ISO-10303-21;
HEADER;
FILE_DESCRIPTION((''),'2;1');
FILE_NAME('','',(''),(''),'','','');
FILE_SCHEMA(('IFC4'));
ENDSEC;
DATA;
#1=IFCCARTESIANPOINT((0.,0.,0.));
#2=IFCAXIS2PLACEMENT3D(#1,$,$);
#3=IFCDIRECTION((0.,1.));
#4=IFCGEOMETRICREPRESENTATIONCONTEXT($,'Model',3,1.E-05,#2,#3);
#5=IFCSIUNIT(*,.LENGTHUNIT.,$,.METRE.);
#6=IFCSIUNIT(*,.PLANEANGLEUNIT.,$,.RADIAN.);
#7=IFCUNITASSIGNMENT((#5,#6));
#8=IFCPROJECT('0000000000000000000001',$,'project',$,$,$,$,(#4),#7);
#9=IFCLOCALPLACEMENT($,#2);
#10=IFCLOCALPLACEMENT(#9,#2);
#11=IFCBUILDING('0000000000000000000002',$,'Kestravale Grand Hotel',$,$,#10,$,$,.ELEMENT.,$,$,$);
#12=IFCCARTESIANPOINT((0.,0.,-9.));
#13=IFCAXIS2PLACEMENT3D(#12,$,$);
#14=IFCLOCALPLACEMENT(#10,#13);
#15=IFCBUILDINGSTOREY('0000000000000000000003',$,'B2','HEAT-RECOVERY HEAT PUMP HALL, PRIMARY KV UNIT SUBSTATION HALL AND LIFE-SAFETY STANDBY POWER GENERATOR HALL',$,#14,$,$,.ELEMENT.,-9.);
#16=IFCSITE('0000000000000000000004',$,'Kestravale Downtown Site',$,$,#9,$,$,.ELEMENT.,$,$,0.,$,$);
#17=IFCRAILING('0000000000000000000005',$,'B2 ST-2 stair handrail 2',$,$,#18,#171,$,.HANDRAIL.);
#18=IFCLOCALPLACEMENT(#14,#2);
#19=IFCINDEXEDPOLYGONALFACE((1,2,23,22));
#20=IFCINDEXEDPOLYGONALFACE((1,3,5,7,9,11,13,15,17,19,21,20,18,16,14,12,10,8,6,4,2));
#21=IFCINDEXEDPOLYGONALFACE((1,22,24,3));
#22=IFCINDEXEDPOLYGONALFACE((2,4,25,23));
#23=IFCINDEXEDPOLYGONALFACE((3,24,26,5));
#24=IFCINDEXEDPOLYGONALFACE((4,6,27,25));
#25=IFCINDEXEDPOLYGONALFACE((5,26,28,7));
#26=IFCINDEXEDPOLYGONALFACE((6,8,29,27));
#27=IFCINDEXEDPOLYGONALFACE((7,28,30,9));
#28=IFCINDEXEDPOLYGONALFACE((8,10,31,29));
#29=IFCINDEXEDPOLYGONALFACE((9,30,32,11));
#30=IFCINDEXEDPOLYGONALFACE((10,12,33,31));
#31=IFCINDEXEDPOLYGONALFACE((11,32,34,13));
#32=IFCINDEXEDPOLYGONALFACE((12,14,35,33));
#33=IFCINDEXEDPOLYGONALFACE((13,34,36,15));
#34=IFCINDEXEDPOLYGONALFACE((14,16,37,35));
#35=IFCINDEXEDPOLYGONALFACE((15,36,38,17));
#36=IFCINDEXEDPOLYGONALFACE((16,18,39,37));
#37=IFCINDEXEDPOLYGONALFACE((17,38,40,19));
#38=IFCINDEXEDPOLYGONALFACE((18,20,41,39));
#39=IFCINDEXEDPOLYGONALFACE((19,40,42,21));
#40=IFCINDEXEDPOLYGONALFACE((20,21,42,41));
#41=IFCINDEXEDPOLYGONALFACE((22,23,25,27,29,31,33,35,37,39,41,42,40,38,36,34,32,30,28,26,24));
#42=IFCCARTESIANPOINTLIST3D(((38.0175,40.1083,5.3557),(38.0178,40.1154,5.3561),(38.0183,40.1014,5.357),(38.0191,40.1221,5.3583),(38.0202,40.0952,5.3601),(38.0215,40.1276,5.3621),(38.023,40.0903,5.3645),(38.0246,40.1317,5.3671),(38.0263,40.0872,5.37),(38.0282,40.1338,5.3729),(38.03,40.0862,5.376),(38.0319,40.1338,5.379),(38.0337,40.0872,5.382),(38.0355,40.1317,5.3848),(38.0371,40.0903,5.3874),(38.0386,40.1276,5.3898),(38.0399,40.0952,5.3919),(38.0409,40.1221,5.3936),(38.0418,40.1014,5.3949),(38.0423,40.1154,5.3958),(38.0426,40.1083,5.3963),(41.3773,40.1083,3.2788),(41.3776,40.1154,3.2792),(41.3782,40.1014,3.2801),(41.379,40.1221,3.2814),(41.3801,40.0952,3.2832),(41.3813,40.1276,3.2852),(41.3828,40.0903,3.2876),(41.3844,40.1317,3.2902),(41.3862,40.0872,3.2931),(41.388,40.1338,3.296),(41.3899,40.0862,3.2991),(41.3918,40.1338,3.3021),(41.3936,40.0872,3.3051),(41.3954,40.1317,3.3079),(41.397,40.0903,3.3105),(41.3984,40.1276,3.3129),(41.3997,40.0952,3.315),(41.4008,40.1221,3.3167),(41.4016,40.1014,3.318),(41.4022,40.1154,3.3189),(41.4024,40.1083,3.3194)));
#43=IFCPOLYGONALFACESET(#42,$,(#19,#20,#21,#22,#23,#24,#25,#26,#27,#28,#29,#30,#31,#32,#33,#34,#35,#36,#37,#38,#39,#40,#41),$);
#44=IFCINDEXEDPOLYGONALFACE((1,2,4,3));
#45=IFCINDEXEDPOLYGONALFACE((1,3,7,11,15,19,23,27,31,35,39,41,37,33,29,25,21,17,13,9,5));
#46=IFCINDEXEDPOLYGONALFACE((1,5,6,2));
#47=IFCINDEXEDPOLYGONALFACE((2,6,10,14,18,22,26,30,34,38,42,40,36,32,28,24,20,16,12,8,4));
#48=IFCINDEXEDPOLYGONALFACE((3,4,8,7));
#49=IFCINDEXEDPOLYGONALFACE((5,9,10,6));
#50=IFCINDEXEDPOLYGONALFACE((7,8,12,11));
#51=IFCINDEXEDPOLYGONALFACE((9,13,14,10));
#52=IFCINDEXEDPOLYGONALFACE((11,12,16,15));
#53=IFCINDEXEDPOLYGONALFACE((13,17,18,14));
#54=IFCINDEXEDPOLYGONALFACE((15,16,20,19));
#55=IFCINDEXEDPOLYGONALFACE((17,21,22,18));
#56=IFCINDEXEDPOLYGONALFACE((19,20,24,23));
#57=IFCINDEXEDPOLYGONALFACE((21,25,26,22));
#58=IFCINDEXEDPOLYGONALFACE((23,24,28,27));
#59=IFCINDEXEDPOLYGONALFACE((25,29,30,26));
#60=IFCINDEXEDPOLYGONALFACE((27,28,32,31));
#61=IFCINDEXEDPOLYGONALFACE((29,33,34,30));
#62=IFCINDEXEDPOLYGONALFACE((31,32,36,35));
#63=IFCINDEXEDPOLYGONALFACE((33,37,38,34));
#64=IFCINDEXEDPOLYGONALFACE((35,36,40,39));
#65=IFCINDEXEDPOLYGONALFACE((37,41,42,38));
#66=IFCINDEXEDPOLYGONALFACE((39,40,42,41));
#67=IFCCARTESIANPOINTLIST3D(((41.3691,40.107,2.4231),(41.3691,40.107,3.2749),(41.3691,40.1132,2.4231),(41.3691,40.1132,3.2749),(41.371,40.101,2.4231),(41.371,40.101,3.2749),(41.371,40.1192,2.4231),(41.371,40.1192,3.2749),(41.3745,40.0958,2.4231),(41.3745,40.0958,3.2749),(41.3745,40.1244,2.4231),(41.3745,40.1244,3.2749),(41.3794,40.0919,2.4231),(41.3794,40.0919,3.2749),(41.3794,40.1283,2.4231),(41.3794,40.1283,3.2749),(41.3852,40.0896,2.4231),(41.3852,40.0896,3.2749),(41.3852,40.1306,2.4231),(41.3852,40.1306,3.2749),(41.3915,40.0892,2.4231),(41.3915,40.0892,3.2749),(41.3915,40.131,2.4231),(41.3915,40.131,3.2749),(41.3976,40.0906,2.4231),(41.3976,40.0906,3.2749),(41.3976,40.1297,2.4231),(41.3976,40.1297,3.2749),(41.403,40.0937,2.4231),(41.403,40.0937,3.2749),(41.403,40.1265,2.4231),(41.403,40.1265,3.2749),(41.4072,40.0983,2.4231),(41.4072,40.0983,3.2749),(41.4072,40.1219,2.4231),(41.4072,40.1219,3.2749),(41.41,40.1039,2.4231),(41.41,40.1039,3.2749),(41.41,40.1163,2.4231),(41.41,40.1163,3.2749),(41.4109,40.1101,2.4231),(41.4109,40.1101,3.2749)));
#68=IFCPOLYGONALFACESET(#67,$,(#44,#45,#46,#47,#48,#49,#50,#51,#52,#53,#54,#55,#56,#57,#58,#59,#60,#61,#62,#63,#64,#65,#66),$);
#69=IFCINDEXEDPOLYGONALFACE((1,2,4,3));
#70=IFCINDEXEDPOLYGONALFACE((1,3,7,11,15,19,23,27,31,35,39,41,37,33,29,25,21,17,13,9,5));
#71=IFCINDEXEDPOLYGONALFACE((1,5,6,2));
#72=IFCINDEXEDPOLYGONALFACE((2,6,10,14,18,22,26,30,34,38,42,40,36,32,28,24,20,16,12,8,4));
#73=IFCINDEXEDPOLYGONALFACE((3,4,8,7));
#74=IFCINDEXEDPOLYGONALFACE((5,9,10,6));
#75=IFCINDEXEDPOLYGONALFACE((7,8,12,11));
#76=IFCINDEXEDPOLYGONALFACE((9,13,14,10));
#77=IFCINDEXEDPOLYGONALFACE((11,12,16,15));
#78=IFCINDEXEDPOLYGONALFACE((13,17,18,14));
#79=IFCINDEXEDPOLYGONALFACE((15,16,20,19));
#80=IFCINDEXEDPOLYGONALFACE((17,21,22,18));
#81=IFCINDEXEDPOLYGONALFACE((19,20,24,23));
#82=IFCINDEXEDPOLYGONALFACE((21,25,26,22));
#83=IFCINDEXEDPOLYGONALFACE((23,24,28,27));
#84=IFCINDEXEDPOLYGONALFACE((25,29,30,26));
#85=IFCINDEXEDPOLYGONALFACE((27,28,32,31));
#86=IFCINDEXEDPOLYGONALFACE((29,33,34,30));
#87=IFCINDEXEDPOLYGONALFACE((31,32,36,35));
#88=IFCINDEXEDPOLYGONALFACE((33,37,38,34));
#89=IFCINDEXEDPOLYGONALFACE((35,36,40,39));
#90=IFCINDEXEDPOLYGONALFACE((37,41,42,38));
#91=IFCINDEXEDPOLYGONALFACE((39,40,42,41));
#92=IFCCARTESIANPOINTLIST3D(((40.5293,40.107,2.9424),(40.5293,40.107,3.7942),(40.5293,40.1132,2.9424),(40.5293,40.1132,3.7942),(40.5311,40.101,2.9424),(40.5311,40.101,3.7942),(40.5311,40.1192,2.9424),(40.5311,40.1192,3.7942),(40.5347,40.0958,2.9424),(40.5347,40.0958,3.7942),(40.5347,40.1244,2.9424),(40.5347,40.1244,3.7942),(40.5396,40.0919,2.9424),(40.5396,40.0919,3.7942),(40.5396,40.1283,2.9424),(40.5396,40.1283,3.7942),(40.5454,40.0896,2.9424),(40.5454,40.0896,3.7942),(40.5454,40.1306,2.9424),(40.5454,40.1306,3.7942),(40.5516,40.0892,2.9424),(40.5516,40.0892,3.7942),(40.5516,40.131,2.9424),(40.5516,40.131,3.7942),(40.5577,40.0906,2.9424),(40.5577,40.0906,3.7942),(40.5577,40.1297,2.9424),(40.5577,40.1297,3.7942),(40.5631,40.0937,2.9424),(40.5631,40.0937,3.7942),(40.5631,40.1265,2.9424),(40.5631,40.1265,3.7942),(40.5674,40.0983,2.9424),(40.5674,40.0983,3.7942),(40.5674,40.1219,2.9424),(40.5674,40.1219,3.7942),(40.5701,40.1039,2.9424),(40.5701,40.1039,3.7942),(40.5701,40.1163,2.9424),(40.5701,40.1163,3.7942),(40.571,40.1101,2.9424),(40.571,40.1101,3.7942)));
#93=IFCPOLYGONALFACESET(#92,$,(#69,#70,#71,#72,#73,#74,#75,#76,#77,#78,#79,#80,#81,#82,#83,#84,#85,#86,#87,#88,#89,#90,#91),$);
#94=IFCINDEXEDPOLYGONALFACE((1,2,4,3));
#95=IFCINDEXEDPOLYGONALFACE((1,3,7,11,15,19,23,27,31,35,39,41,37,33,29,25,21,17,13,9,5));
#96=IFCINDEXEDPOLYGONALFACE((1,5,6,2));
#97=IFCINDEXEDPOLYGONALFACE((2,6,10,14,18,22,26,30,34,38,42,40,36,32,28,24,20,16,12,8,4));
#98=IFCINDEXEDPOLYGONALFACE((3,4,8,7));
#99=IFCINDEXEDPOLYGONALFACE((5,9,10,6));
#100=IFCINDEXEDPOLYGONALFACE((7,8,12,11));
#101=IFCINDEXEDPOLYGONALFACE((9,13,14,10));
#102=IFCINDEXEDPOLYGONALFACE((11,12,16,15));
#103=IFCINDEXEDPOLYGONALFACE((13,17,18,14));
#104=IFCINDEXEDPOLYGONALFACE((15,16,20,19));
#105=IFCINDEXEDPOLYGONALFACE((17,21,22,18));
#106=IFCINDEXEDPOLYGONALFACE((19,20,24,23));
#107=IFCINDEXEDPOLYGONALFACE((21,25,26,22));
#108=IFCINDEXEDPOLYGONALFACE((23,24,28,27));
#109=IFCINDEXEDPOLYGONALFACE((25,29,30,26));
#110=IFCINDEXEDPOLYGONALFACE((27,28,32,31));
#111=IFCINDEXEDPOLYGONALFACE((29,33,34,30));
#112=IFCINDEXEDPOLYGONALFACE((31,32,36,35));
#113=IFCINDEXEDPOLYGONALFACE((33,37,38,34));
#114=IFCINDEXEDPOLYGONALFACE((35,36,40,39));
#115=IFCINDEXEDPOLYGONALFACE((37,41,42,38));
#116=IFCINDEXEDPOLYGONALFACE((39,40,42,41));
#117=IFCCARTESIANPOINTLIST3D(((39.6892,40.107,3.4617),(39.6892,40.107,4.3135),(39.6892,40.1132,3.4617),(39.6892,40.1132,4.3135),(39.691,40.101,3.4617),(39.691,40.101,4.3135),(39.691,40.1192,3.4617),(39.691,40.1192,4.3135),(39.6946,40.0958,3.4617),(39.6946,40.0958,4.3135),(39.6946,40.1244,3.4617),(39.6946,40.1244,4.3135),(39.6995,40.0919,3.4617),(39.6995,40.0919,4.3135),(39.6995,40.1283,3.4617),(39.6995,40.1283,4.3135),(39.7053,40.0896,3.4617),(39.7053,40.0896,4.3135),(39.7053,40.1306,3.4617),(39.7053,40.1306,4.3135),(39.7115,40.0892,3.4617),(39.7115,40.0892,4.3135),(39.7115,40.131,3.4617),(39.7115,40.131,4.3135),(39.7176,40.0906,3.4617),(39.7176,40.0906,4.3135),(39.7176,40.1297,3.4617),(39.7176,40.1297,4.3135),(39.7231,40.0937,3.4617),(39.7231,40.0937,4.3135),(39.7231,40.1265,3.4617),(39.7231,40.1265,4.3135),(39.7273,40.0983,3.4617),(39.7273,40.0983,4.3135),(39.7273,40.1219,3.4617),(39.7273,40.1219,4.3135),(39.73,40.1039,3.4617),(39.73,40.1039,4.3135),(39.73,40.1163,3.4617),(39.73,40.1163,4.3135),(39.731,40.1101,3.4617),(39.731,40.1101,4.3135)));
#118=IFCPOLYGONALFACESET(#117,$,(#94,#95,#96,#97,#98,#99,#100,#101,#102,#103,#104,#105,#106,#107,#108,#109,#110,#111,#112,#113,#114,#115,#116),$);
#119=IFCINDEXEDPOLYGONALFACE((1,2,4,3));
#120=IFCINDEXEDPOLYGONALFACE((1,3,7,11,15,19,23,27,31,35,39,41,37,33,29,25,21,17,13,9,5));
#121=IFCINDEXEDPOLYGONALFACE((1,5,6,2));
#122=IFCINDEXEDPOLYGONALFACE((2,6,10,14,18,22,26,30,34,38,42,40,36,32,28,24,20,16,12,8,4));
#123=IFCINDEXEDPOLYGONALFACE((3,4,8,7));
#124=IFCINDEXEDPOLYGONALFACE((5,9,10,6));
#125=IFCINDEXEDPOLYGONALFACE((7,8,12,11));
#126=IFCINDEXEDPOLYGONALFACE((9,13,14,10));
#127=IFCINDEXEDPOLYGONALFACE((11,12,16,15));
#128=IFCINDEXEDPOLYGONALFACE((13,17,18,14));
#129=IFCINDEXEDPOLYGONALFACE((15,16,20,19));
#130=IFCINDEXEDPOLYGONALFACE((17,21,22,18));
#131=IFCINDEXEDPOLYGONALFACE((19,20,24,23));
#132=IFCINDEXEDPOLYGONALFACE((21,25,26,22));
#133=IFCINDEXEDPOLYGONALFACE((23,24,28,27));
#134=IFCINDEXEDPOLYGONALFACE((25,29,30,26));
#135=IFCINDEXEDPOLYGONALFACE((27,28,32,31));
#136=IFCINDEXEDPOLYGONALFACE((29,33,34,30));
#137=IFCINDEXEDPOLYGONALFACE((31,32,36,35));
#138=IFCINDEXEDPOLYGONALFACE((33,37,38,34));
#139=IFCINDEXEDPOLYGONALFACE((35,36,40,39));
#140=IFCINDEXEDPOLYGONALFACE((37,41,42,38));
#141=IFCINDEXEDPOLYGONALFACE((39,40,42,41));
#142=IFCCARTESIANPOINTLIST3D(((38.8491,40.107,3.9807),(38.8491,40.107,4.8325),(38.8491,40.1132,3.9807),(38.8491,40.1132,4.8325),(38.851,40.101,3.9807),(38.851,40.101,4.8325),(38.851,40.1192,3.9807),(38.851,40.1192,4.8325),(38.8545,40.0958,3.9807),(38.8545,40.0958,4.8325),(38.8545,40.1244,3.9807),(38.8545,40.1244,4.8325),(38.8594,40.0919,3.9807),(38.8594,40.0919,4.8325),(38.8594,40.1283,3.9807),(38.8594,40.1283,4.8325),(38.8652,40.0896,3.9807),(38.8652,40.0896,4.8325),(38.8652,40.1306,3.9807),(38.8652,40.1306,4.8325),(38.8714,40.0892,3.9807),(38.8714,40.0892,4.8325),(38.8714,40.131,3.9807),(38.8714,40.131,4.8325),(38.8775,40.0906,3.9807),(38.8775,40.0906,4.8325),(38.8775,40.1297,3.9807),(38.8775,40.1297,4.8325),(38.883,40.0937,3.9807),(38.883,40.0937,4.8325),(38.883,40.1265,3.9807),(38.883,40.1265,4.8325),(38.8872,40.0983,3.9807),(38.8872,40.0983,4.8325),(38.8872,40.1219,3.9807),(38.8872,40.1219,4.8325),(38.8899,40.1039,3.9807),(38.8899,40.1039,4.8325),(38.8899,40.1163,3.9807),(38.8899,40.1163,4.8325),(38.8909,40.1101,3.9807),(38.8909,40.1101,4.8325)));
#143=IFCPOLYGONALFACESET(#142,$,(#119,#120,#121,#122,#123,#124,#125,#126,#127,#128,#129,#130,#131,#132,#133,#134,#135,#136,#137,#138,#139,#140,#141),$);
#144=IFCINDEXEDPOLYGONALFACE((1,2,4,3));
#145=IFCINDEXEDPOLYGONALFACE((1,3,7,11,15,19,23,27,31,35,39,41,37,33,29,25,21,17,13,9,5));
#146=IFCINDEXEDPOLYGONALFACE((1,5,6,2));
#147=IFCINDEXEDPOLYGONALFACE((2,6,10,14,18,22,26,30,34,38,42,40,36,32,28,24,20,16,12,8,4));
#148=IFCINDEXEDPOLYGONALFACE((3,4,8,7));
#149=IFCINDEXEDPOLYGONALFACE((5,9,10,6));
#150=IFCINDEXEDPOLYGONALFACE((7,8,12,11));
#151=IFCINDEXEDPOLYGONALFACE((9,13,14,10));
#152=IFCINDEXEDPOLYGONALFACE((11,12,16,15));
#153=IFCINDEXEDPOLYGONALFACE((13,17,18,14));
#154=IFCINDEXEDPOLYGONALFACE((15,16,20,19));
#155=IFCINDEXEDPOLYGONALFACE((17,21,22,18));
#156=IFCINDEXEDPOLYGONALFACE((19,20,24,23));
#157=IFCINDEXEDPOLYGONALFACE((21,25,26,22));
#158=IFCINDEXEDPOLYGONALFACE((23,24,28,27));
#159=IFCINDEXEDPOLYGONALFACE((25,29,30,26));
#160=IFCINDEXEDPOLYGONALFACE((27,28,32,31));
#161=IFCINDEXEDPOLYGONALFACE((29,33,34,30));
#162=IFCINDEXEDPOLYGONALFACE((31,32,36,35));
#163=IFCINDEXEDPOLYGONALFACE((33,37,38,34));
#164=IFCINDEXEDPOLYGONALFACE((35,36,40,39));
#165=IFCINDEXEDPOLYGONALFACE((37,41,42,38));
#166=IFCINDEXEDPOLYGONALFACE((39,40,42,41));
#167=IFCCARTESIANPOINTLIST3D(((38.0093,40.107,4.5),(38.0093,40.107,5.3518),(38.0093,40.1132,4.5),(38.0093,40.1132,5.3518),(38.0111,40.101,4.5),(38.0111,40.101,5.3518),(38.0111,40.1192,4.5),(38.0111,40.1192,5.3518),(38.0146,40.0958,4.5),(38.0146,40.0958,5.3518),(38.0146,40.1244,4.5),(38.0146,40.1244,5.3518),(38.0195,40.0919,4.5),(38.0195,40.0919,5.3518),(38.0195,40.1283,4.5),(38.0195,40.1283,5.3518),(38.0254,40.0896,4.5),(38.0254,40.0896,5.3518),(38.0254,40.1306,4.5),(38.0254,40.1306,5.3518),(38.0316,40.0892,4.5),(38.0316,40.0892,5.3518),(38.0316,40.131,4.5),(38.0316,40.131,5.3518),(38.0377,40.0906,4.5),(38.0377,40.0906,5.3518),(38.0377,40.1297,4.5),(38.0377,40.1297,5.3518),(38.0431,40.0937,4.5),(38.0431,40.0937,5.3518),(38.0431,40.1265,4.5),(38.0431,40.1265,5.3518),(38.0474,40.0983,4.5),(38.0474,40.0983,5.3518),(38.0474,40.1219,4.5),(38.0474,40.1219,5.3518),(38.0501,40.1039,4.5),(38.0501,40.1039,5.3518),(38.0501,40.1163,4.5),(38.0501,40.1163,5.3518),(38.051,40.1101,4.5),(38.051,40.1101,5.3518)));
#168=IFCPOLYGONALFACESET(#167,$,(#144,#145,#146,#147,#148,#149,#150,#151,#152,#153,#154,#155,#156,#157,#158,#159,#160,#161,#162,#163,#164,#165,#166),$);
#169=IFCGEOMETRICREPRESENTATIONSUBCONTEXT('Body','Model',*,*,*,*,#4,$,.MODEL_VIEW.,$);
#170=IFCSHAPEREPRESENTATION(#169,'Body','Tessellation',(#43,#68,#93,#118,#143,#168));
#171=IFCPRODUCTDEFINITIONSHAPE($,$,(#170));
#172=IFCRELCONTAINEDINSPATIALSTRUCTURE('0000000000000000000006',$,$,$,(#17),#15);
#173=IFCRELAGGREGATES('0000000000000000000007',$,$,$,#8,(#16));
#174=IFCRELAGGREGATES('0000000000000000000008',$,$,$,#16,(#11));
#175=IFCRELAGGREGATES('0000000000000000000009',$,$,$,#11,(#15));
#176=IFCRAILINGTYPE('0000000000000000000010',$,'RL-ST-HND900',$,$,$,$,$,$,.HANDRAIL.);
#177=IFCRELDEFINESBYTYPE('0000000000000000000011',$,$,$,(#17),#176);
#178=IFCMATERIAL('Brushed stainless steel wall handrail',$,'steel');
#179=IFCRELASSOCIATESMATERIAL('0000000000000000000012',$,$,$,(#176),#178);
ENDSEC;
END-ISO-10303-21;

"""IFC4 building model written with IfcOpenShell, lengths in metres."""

from ifc_helpers import new_model, si_unit, direction, frame, origin, origin_2d, place, context, subcontext, project, spatial, circle, extrude, material, type_object, element, save


model = new_model("IFC4")

# Units and contexts
model_context = context("Model", 3, precision=1e-05, world=origin(), true_north=direction((0.0, 1.0)))
body_context = subcontext(model_context, "Body", "Model", "MODEL_VIEW")
ifc_project = project(units=[si_unit("LENGTHUNIT", "METRE"), si_unit("PLANEANGLEUNIT", "RADIAN")], contexts=[model_context])

# Site, building, storey
site_placement = place(None, origin())
site = spatial("IfcSite", under=ifc_project, at=site_placement, Name="Kestravale Downtown Site", CompositionType="ELEMENT", RefElevation=0.0)
building_placement = place(site_placement, origin())
building = spatial("IfcBuilding", under=site, at=building_placement, Name="Kestravale Grand Hotel", CompositionType="ELEMENT")
storey_placement = place(building_placement, frame((0.0, 0.0, -9.0)))
storey = spatial("IfcBuildingStorey", under=building, at=storey_placement, Name="B2", Description="HEAT-RECOVERY HEAT PUMP HALL, PRIMARY KV UNIT SUBSTATION HALL AND LIFE-SAFETY STANDBY POWER GENERATOR HALL", CompositionType="ELEMENT", Elevation=-9.0)

# Railing
ifc_material_1 = material(Name="Brushed stainless steel wall handrail", Category="steel")
railing_type_1 = type_object("IfcRailingType", Name="RL-ST-HND900", PredefinedType="HANDRAIL", material=ifc_material_1)
railing_1_placement = place(storey_placement, frame((41.3899, 40.1101, 2.4231)))
element("IfcRailing", 1, at=railing_1_placement, inside=storey, type_object=railing_type_1, Name="B2 ST-2 stair handrail 2", PredefinedType="HANDRAIL", context=body_context, shape_type="SweptSolid", body=[
    extrude(circle(Radius=0.0239, at=origin_2d()), frame((0.0, 0.0, 0.876), z_axis=(-0.850606, 0.0, 0.525803), x_axis=(0.0, -1.0, 0.0)), (0.0, 0.0, 1.0), 3.95),
    extrude(circle(Radius=0.021, at=origin_2d()), origin(), (0.0, 0.0, 1.0), 0.8518),
    extrude(circle(Radius=0.021, at=origin_2d()), frame((-0.8398, 0.0, 0.5193)), (0.0, 0.0, 1.0), 0.8518),
    extrude(circle(Radius=0.021, at=origin_2d()), frame((-1.6799, 0.0, 1.0386)), (0.0, 0.0, 1.0), 0.8518),
    extrude(circle(Radius=0.021, at=origin_2d()), frame((-2.52, 0.0, 1.5576)), (0.0, 0.0, 1.0), 0.8518),
    extrude(circle(Radius=0.021, at=origin_2d()), frame((-3.3599, 0.0, 2.0769)), (0.0, 0.0, 1.0), 0.8518),
])

save(model, "model.ifc")
